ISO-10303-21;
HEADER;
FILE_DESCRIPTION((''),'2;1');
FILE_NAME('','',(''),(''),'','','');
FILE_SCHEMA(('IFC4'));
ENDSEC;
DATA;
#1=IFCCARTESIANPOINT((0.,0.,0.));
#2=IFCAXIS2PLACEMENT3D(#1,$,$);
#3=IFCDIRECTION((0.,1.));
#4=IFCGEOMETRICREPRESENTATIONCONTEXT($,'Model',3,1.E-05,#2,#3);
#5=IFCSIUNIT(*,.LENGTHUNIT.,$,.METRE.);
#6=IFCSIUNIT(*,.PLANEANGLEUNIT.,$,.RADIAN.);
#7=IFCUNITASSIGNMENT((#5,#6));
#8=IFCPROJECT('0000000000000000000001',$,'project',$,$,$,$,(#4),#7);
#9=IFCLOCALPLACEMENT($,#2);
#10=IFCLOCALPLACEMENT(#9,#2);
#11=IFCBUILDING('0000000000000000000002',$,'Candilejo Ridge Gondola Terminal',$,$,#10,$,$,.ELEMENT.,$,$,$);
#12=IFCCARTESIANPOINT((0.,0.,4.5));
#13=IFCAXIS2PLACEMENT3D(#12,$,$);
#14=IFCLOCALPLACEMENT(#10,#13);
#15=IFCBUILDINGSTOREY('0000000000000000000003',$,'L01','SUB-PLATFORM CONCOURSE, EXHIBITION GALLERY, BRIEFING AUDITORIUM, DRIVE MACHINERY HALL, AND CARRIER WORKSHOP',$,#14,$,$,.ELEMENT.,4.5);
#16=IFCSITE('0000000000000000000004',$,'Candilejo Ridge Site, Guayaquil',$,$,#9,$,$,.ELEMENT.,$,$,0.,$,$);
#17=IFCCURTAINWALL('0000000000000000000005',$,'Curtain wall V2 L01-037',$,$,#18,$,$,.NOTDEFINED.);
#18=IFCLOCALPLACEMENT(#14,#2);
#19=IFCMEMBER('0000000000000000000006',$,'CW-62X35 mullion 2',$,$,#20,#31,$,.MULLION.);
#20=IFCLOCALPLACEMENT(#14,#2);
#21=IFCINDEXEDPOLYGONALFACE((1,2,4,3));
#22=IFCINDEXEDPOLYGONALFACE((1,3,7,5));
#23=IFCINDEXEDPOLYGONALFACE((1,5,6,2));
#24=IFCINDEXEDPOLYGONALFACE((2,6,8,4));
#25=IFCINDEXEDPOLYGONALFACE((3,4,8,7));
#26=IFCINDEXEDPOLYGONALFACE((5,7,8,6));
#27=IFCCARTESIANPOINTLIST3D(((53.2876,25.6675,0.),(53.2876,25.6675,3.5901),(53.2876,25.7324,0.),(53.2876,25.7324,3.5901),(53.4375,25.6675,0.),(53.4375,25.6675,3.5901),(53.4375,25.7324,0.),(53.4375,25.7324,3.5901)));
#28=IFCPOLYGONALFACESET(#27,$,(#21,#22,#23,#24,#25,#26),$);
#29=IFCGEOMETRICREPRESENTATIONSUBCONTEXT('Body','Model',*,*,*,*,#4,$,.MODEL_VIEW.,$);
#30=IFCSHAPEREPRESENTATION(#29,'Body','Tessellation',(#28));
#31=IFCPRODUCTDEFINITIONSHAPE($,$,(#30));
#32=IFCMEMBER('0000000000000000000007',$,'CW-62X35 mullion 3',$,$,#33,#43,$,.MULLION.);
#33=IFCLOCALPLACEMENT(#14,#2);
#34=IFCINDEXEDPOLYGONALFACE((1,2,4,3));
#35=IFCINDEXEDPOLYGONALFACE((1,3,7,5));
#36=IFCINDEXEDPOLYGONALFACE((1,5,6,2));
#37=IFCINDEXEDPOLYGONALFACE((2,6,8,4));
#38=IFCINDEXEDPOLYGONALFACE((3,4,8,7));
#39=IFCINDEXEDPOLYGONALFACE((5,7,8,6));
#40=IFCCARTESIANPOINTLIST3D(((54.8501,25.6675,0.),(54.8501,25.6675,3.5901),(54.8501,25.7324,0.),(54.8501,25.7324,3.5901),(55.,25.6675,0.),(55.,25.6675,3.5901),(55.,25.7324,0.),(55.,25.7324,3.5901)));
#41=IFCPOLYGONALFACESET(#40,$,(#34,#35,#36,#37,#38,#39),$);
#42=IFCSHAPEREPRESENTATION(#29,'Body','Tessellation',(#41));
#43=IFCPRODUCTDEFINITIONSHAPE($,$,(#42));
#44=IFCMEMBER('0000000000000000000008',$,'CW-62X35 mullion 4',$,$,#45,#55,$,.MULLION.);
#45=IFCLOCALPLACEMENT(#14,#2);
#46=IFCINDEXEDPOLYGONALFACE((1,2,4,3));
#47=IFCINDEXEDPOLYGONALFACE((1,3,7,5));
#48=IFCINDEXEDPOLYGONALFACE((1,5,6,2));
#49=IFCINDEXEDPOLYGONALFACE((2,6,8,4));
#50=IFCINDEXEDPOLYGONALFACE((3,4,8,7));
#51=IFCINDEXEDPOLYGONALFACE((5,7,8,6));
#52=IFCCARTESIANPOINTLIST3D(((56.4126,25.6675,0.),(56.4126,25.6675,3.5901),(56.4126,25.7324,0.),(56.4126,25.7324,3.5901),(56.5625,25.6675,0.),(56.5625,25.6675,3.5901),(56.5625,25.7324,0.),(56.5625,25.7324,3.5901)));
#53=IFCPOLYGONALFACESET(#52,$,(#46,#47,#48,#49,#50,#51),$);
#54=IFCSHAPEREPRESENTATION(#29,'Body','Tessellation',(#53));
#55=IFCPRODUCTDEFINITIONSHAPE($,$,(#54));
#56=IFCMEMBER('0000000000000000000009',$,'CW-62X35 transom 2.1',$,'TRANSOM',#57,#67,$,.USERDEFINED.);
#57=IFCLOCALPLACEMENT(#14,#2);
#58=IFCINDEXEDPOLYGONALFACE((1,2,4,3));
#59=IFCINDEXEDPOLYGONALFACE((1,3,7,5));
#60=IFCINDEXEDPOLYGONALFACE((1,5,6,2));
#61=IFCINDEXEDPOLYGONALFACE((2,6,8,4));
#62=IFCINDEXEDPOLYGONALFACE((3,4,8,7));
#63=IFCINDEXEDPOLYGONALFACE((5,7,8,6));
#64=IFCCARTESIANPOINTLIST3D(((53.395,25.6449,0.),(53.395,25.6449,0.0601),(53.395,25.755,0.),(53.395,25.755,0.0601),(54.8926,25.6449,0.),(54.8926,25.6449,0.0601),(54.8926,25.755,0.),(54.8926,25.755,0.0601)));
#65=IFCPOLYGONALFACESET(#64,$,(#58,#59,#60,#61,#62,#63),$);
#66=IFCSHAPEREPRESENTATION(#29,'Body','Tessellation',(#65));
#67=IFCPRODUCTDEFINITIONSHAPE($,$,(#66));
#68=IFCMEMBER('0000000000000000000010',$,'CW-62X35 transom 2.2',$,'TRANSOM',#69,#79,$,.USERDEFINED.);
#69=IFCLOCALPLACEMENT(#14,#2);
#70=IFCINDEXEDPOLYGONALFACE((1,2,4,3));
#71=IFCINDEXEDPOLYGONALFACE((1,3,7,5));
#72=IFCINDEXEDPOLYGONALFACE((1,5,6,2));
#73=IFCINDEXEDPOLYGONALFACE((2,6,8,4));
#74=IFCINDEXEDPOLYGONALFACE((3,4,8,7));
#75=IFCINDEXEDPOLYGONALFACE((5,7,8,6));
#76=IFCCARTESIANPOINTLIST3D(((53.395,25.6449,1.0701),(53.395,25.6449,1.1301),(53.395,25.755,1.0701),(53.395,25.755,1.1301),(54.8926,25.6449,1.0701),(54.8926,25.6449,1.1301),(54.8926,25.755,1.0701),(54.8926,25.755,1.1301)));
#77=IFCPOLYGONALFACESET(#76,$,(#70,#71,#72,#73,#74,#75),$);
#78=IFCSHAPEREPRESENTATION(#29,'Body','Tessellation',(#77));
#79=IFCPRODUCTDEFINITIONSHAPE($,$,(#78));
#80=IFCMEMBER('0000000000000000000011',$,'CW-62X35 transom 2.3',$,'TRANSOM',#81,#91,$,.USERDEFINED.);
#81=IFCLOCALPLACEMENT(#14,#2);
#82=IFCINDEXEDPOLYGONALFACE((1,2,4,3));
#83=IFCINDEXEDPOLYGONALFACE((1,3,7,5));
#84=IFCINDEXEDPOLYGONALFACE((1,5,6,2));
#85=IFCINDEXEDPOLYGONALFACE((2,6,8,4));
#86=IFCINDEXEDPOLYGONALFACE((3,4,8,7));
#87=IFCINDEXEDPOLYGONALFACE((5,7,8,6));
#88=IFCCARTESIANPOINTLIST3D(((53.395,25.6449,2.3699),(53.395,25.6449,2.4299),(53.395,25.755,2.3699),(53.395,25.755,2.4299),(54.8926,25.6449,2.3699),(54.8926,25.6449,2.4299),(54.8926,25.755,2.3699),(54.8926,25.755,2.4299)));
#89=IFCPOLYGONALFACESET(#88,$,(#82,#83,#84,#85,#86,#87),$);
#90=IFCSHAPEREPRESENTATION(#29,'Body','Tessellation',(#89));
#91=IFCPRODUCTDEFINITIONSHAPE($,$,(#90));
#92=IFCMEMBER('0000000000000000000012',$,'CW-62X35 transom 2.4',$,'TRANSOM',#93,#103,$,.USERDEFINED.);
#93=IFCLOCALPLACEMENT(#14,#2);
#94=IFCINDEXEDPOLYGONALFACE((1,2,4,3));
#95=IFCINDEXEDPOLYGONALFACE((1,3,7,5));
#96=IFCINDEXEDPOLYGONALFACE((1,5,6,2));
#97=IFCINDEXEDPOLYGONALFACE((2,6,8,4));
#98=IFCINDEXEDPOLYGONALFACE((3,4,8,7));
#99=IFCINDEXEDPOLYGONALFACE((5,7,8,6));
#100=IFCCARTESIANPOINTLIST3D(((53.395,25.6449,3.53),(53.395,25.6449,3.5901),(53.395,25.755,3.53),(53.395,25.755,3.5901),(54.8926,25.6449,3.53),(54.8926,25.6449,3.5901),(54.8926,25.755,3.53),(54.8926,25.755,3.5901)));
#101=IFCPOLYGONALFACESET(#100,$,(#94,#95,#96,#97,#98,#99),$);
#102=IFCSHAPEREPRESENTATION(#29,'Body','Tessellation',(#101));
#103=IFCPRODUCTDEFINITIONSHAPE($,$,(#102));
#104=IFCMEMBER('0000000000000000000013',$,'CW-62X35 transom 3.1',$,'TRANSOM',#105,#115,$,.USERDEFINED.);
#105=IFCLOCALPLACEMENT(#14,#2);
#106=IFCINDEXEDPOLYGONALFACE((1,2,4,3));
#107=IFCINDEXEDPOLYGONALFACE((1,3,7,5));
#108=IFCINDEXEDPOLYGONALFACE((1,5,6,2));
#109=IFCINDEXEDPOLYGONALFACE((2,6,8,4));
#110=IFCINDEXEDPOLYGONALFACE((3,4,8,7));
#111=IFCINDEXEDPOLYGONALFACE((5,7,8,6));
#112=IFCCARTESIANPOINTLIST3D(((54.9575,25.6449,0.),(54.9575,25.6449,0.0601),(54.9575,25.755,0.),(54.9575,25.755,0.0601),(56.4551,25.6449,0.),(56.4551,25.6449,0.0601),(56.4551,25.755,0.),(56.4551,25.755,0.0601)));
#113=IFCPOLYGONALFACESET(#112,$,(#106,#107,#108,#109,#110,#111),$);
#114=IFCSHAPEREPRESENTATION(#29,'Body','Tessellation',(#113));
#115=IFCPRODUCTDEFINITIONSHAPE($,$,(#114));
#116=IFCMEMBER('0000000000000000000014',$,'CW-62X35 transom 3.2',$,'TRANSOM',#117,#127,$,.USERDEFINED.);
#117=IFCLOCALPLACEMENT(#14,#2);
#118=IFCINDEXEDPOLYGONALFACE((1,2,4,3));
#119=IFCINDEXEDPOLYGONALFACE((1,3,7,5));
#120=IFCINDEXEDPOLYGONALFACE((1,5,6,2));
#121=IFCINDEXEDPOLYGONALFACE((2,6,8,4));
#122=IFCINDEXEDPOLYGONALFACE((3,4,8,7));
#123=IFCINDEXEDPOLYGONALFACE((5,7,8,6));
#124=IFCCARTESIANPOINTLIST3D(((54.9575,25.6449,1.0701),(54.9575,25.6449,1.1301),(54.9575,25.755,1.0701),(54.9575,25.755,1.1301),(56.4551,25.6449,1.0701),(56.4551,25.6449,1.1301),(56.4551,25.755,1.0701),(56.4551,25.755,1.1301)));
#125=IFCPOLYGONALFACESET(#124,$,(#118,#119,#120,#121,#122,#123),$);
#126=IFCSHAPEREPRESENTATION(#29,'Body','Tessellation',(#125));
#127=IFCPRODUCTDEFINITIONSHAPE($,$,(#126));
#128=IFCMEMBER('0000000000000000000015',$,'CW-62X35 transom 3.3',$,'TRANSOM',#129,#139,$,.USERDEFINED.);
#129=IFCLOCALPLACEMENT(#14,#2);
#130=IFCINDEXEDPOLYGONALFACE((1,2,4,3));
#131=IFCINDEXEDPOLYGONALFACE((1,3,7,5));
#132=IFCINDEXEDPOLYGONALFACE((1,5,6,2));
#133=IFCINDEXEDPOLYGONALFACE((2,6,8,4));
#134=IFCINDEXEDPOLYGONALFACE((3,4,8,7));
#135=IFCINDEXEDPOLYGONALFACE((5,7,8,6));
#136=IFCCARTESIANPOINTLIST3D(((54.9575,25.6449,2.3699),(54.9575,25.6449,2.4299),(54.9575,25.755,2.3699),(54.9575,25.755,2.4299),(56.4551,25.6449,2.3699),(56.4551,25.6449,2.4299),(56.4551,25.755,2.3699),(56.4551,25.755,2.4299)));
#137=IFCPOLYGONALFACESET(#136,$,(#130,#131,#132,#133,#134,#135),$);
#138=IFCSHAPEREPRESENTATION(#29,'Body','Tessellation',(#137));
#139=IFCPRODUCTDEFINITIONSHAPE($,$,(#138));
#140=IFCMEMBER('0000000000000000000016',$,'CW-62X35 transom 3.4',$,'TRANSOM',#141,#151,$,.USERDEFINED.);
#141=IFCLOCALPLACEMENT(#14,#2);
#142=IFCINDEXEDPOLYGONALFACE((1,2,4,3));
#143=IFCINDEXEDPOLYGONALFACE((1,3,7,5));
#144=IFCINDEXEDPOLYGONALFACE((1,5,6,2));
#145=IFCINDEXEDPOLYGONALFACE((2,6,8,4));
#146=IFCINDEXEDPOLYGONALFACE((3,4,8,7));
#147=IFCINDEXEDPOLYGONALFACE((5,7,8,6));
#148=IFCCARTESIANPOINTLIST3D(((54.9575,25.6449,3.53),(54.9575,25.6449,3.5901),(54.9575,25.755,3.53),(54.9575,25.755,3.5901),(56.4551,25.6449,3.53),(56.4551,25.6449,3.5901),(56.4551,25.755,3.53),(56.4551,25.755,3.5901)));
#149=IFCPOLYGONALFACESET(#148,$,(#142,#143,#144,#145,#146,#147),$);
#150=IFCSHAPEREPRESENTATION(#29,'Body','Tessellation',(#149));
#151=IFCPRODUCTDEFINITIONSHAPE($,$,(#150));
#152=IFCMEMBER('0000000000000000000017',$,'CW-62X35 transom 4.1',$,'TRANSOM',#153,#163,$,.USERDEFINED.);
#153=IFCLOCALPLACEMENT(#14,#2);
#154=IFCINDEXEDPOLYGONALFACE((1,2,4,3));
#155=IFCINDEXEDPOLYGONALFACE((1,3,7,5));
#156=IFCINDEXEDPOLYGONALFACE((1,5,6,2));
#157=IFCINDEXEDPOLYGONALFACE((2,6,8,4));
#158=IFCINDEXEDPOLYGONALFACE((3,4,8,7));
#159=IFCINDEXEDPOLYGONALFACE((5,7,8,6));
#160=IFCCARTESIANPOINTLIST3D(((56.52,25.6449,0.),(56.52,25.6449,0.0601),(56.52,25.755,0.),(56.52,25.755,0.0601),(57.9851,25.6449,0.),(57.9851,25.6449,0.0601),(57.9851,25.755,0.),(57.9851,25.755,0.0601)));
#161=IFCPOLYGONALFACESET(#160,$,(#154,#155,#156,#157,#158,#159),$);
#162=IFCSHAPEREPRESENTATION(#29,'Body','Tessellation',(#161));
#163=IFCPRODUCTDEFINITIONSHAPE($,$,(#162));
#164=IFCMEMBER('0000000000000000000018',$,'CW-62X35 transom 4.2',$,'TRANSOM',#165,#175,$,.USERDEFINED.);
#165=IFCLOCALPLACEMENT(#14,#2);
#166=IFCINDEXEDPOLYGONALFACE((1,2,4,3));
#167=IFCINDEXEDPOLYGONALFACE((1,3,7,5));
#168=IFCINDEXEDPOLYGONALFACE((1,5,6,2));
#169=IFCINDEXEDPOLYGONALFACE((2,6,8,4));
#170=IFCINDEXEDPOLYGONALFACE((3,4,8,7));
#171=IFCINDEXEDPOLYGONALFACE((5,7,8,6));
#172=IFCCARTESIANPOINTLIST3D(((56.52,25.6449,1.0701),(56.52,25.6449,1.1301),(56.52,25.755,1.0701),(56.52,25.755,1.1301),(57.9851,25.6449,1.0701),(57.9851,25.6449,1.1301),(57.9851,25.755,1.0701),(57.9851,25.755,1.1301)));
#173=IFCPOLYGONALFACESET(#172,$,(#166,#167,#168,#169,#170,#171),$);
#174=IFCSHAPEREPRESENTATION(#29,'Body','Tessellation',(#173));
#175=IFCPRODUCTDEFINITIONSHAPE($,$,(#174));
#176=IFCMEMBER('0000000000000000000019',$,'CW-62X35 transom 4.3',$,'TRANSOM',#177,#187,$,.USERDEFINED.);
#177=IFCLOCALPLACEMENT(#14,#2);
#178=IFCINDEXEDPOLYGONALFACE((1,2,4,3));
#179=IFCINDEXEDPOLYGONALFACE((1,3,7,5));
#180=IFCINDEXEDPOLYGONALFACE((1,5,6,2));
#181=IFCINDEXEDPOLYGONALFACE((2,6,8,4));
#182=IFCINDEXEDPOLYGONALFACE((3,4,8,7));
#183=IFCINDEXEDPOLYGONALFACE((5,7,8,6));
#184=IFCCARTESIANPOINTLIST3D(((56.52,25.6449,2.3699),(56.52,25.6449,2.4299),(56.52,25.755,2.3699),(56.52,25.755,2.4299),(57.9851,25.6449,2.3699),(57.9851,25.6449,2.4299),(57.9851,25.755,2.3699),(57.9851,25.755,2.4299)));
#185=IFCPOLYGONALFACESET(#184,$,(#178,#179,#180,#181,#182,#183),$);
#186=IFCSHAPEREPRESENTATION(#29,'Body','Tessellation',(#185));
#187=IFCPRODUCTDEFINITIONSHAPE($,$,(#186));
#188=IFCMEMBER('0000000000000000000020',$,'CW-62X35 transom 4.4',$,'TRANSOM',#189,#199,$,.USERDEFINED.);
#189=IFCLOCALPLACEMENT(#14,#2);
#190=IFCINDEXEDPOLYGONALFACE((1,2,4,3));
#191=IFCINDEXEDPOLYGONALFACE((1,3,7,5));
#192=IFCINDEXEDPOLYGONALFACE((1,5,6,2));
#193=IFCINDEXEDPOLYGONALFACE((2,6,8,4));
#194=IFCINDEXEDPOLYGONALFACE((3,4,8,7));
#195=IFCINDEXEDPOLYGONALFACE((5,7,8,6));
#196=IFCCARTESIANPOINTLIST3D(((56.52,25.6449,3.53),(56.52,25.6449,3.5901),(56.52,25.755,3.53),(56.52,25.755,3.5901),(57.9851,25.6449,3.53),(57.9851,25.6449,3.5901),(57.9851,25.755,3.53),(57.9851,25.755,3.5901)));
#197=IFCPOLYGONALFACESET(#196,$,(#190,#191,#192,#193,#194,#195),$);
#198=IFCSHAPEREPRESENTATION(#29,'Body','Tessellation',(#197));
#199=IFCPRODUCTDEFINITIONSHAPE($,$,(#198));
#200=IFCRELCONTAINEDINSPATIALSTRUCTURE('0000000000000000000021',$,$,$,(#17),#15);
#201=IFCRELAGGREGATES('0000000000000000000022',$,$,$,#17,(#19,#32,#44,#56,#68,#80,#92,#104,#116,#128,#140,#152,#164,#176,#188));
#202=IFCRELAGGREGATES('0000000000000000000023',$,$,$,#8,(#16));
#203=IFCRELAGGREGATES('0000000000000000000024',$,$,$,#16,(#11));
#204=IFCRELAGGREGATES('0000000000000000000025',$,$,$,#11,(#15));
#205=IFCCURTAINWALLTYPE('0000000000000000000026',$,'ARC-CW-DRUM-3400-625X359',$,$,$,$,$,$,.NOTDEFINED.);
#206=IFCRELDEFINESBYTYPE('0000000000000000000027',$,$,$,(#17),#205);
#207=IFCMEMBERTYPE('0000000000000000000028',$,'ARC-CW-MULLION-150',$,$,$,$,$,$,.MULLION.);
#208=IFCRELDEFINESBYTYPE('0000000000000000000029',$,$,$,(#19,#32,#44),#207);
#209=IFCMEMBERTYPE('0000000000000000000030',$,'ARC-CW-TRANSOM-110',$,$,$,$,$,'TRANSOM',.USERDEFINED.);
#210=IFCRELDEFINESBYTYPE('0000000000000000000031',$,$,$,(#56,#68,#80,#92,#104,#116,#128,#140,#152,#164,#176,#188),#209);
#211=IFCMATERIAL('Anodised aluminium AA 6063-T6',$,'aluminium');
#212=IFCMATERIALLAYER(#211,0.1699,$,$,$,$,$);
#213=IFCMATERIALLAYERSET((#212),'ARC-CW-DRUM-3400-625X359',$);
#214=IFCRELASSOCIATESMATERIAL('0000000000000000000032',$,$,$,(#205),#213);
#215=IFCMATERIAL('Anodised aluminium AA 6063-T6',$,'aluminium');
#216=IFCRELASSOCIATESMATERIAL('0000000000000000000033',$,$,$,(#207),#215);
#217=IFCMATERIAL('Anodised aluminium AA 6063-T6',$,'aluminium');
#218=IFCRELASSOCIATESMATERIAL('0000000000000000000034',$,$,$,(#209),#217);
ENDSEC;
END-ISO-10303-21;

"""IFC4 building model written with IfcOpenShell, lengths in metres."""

from ifc_helpers import new_model, si_unit, direction, frame, origin, origin_2d, place, context, subcontext, project, spatial, rectangle, extrude, material, layer, layer_set, material_profile, profile_set, type_object, element, aggregate, save


model = new_model("IFC4")

# Units and contexts
model_context = context("Model", 3, precision=1e-05, world=origin(), true_north=direction((0.0, 1.0)))
body_context = subcontext(model_context, "Body", "Model", "MODEL_VIEW")
ifc_project = project(units=[si_unit("LENGTHUNIT", "METRE"), si_unit("PLANEANGLEUNIT", "RADIAN")], contexts=[model_context])

# Site, building, storey
site_placement = place(None, origin())
site = spatial("IfcSite", under=ifc_project, at=site_placement, Name="Candilejo Ridge Site, Guayaquil", CompositionType="ELEMENT", RefElevation=0.0)
building_placement = place(site_placement, origin())
building = spatial("IfcBuilding", under=site, at=building_placement, Name="Candilejo Ridge Gondola Terminal", CompositionType="ELEMENT")
storey_placement = place(building_placement, frame((0.0, 0.0, 4.5)))
storey = spatial("IfcBuildingStorey", under=building, at=storey_placement, Name="L01", Description="SUB-PLATFORM CONCOURSE, EXHIBITION GALLERY, BRIEFING AUDITORIUM, DRIVE MACHINERY HALL, AND CARRIER WORKSHOP", CompositionType="ELEMENT", Elevation=4.5)

# Curtain wall, members
ifc_material_1 = material(Name="Anodised aluminium AA 6063-T6", Category="aluminium")
ifc_layer_1 = layer(ifc_material_1, 0.1699)
ifc_layer_set_1 = layer_set([ifc_layer_1], Name="ARC-CW-DRUM-3400-625X359")
curtain_wall_type = type_object("IfcCurtainWallType", Name="ARC-CW-DRUM-3400-625X359", PredefinedType="NOTDEFINED", material=ifc_layer_set_1)
curtain_wall_placement = place(storey_placement, origin())
curtain_wall = element("IfcCurtainWall", 1, at=curtain_wall_placement, inside=storey, type_object=curtain_wall_type, Name="Curtain wall V2 L01-037", PredefinedType="NOTDEFINED")
ifc_material_2 = material(Name="Anodised aluminium AA 6063-T6", Category="aluminium")
ifc_material_profile_1 = material_profile(ifc_material_2, rectangle(XDim=0.0649, YDim=0.1499, at=origin_2d()))
ifc_profile_set_1 = profile_set([ifc_material_profile_1], Name="Anodised aluminium AA 6063-T6")
member_type_1 = type_object("IfcMemberType", Name="ARC-CW-MULLION-150", PredefinedType="MULLION", material=ifc_profile_set_1)
member_1_placement = place(storey_placement, frame((53.3625, 25.7, 0.0), z_axis=(0.0, 0.0, 1.0), x_axis=(0.0, 1.0, 0.0)))
member_1 = element("IfcMember", 2, at=member_1_placement, type_object=member_type_1, Name="CW-62X35 mullion 2", PredefinedType="MULLION", context=body_context, shape_type="SweptSolid", body=[
    extrude(rectangle(XDim=0.0649, YDim=0.1499, at=origin_2d()), origin(), (0.0, 0.0, 1.0), 3.5901),
])
member_2_placement = place(storey_placement, frame((54.925, 25.7, 0.0), z_axis=(0.0, 0.0, 1.0), x_axis=(0.0, 1.0, 0.0)))
member_2 = element("IfcMember", 3, at=member_2_placement, type_object=member_type_1, Name="CW-62X35 mullion 3", PredefinedType="MULLION", context=body_context, shape_type="SweptSolid", body=[
    extrude(rectangle(XDim=0.0649, YDim=0.1499, at=origin_2d()), origin(), (0.0, 0.0, 1.0), 3.5901),
])
member_3_placement = place(storey_placement, frame((56.4875, 25.7, 0.0), z_axis=(0.0, 0.0, 1.0), x_axis=(0.0, 1.0, 0.0)))
member_3 = element("IfcMember", 4, at=member_3_placement, type_object=member_type_1, Name="CW-62X35 mullion 4", PredefinedType="MULLION", context=body_context, shape_type="SweptSolid", body=[
    extrude(rectangle(XDim=0.0649, YDim=0.1499, at=origin_2d()), origin(), (0.0, 0.0, 1.0), 3.5901),
])
ifc_material_3 = material(Name="Anodised aluminium AA 6063-T6", Category="aluminium")
ifc_material_profile_2 = material_profile(ifc_material_3, rectangle(XDim=0.1101, YDim=0.0601, at=origin_2d()))
ifc_profile_set_2 = profile_set([ifc_material_profile_2], Name="Anodised aluminium AA 6063-T6")
member_type_2 = type_object("IfcMemberType", Name="ARC-CW-TRANSOM-110", ElementType="TRANSOM", PredefinedType="USERDEFINED", material=ifc_profile_set_2)
member_4_placement = place(storey_placement, frame((53.395, 25.7, 0.03), z_axis=(1.0, 0.0, 0.0), x_axis=(0.0, 1.0, 0.0)))
member_4 = element("IfcMember", 5, at=member_4_placement, type_object=member_type_2, Name="CW-62X35 transom 2.1", ObjectType="TRANSOM", PredefinedType="USERDEFINED", context=body_context, shape_type="SweptSolid", body=[
    extrude(rectangle(XDim=0.1101, YDim=0.0601, at=origin_2d()), origin(), (0.0, 0.0, 1.0), 1.4976),
])
member_5_placement = place(storey_placement, frame((53.395, 25.7, 1.1001), z_axis=(1.0, 0.0, 0.0), x_axis=(0.0, 1.0, 0.0)))
member_5 = element("IfcMember", 6, at=member_5_placement, type_object=member_type_2, Name="CW-62X35 transom 2.2", ObjectType="TRANSOM", PredefinedType="USERDEFINED", context=body_context, shape_type="SweptSolid", body=[
    extrude(rectangle(XDim=0.1101, YDim=0.0601, at=origin_2d()), origin(), (0.0, 0.0, 1.0), 1.4976),
])
member_6_placement = place(storey_placement, frame((53.395, 25.7, 2.3999), z_axis=(1.0, 0.0, 0.0), x_axis=(0.0, 1.0, 0.0)))
member_6 = element("IfcMember", 7, at=member_6_placement, type_object=member_type_2, Name="CW-62X35 transom 2.3", ObjectType="TRANSOM", PredefinedType="USERDEFINED", context=body_context, shape_type="SweptSolid", body=[
    extrude(rectangle(XDim=0.1101, YDim=0.0601, at=origin_2d()), origin(), (0.0, 0.0, 1.0), 1.4976),
])
member_7_placement = place(storey_placement, frame((53.395, 25.7, 3.5601), z_axis=(1.0, 0.0, 0.0), x_axis=(0.0, 1.0, 0.0)))
member_7 = element("IfcMember", 8, at=member_7_placement, type_object=member_type_2, Name="CW-62X35 transom 2.4", ObjectType="TRANSOM", PredefinedType="USERDEFINED", context=body_context, shape_type="SweptSolid", body=[
    extrude(rectangle(XDim=0.1101, YDim=0.0601, at=origin_2d()), origin(), (0.0, 0.0, 1.0), 1.4976),
])
member_8_placement = place(storey_placement, frame((54.9575, 25.7, 0.03), z_axis=(1.0, 0.0, 0.0), x_axis=(0.0, 1.0, 0.0)))
member_8 = element("IfcMember", 9, at=member_8_placement, type_object=member_type_2, Name="CW-62X35 transom 3.1", ObjectType="TRANSOM", PredefinedType="USERDEFINED", context=body_context, shape_type="SweptSolid", body=[
    extrude(rectangle(XDim=0.1101, YDim=0.0601, at=origin_2d()), origin(), (0.0, 0.0, 1.0), 1.4976),
])
member_9_placement = place(storey_placement, frame((54.9575, 25.7, 1.1001), z_axis=(1.0, 0.0, 0.0), x_axis=(0.0, 1.0, 0.0)))
member_9 = element("IfcMember", 10, at=member_9_placement, type_object=member_type_2, Name="CW-62X35 transom 3.2", ObjectType="TRANSOM", PredefinedType="USERDEFINED", context=body_context, shape_type="SweptSolid", body=[
    extrude(rectangle(XDim=0.1101, YDim=0.0601, at=origin_2d()), origin(), (0.0, 0.0, 1.0), 1.4976),
])
member_10_placement = place(storey_placement, frame((54.9575, 25.7, 2.3999), z_axis=(1.0, 0.0, 0.0), x_axis=(0.0, 1.0, 0.0)))
member_10 = element("IfcMember", 11, at=member_10_placement, type_object=member_type_2, Name="CW-62X35 transom 3.3", ObjectType="TRANSOM", PredefinedType="USERDEFINED", context=body_context, shape_type="SweptSolid", body=[
    extrude(rectangle(XDim=0.1101, YDim=0.0601, at=origin_2d()), origin(), (0.0, 0.0, 1.0), 1.4976),
])
member_11_placement = place(storey_placement, frame((54.9575, 25.7, 3.5601), z_axis=(1.0, 0.0, 0.0), x_axis=(0.0, 1.0, 0.0)))
member_11 = element("IfcMember", 12, at=member_11_placement, type_object=member_type_2, Name="CW-62X35 transom 3.4", ObjectType="TRANSOM", PredefinedType="USERDEFINED", context=body_context, shape_type="SweptSolid", body=[
    extrude(rectangle(XDim=0.1101, YDim=0.0601, at=origin_2d()), origin(), (0.0, 0.0, 1.0), 1.4976),
])
member_12_placement = place(storey_placement, frame((56.52, 25.7, 0.03), z_axis=(1.0, 0.0, 0.0), x_axis=(0.0, 1.0, 0.0)))
member_12 = element("IfcMember", 13, at=member_12_placement, type_object=member_type_2, Name="CW-62X35 transom 4.1", ObjectType="TRANSOM", PredefinedType="USERDEFINED", context=body_context, shape_type="SweptSolid", body=[
    extrude(rectangle(XDim=0.1101, YDim=0.0601, at=origin_2d()), origin(), (0.0, 0.0, 1.0), 1.4651),
])
member_13_placement = place(storey_placement, frame((56.52, 25.7, 1.1001), z_axis=(1.0, 0.0, 0.0), x_axis=(0.0, 1.0, 0.0)))
member_13 = element("IfcMember", 14, at=member_13_placement, type_object=member_type_2, Name="CW-62X35 transom 4.2", ObjectType="TRANSOM", PredefinedType="USERDEFINED", context=body_context, shape_type="SweptSolid", body=[
    extrude(rectangle(XDim=0.1101, YDim=0.0601, at=origin_2d()), origin(), (0.0, 0.0, 1.0), 1.4651),
])
member_14_placement = place(storey_placement, frame((56.52, 25.7, 2.3999), z_axis=(1.0, 0.0, 0.0), x_axis=(0.0, 1.0, 0.0)))
member_14 = element("IfcMember", 15, at=member_14_placement, type_object=member_type_2, Name="CW-62X35 transom 4.3", ObjectType="TRANSOM", PredefinedType="USERDEFINED", context=body_context, shape_type="SweptSolid", body=[
    extrude(rectangle(XDim=0.1101, YDim=0.0601, at=origin_2d()), origin(), (0.0, 0.0, 1.0), 1.4651),
])
member_15_placement = place(storey_placement, frame((56.52, 25.7, 3.5601), z_axis=(1.0, 0.0, 0.0), x_axis=(0.0, 1.0, 0.0)))
member_15 = element("IfcMember", 16, at=member_15_placement, type_object=member_type_2, Name="CW-62X35 transom 4.4", ObjectType="TRANSOM", PredefinedType="USERDEFINED", context=body_context, shape_type="SweptSolid", body=[
    extrude(rectangle(XDim=0.1101, YDim=0.0601, at=origin_2d()), origin(), (0.0, 0.0, 1.0), 1.4651),
])
aggregate(curtain_wall, [member_1, member_2, member_3, member_4, member_5, member_6, member_7, member_8, member_9, member_10, member_11, member_12, member_13, member_14, member_15])

save(model, "model.ifc")
